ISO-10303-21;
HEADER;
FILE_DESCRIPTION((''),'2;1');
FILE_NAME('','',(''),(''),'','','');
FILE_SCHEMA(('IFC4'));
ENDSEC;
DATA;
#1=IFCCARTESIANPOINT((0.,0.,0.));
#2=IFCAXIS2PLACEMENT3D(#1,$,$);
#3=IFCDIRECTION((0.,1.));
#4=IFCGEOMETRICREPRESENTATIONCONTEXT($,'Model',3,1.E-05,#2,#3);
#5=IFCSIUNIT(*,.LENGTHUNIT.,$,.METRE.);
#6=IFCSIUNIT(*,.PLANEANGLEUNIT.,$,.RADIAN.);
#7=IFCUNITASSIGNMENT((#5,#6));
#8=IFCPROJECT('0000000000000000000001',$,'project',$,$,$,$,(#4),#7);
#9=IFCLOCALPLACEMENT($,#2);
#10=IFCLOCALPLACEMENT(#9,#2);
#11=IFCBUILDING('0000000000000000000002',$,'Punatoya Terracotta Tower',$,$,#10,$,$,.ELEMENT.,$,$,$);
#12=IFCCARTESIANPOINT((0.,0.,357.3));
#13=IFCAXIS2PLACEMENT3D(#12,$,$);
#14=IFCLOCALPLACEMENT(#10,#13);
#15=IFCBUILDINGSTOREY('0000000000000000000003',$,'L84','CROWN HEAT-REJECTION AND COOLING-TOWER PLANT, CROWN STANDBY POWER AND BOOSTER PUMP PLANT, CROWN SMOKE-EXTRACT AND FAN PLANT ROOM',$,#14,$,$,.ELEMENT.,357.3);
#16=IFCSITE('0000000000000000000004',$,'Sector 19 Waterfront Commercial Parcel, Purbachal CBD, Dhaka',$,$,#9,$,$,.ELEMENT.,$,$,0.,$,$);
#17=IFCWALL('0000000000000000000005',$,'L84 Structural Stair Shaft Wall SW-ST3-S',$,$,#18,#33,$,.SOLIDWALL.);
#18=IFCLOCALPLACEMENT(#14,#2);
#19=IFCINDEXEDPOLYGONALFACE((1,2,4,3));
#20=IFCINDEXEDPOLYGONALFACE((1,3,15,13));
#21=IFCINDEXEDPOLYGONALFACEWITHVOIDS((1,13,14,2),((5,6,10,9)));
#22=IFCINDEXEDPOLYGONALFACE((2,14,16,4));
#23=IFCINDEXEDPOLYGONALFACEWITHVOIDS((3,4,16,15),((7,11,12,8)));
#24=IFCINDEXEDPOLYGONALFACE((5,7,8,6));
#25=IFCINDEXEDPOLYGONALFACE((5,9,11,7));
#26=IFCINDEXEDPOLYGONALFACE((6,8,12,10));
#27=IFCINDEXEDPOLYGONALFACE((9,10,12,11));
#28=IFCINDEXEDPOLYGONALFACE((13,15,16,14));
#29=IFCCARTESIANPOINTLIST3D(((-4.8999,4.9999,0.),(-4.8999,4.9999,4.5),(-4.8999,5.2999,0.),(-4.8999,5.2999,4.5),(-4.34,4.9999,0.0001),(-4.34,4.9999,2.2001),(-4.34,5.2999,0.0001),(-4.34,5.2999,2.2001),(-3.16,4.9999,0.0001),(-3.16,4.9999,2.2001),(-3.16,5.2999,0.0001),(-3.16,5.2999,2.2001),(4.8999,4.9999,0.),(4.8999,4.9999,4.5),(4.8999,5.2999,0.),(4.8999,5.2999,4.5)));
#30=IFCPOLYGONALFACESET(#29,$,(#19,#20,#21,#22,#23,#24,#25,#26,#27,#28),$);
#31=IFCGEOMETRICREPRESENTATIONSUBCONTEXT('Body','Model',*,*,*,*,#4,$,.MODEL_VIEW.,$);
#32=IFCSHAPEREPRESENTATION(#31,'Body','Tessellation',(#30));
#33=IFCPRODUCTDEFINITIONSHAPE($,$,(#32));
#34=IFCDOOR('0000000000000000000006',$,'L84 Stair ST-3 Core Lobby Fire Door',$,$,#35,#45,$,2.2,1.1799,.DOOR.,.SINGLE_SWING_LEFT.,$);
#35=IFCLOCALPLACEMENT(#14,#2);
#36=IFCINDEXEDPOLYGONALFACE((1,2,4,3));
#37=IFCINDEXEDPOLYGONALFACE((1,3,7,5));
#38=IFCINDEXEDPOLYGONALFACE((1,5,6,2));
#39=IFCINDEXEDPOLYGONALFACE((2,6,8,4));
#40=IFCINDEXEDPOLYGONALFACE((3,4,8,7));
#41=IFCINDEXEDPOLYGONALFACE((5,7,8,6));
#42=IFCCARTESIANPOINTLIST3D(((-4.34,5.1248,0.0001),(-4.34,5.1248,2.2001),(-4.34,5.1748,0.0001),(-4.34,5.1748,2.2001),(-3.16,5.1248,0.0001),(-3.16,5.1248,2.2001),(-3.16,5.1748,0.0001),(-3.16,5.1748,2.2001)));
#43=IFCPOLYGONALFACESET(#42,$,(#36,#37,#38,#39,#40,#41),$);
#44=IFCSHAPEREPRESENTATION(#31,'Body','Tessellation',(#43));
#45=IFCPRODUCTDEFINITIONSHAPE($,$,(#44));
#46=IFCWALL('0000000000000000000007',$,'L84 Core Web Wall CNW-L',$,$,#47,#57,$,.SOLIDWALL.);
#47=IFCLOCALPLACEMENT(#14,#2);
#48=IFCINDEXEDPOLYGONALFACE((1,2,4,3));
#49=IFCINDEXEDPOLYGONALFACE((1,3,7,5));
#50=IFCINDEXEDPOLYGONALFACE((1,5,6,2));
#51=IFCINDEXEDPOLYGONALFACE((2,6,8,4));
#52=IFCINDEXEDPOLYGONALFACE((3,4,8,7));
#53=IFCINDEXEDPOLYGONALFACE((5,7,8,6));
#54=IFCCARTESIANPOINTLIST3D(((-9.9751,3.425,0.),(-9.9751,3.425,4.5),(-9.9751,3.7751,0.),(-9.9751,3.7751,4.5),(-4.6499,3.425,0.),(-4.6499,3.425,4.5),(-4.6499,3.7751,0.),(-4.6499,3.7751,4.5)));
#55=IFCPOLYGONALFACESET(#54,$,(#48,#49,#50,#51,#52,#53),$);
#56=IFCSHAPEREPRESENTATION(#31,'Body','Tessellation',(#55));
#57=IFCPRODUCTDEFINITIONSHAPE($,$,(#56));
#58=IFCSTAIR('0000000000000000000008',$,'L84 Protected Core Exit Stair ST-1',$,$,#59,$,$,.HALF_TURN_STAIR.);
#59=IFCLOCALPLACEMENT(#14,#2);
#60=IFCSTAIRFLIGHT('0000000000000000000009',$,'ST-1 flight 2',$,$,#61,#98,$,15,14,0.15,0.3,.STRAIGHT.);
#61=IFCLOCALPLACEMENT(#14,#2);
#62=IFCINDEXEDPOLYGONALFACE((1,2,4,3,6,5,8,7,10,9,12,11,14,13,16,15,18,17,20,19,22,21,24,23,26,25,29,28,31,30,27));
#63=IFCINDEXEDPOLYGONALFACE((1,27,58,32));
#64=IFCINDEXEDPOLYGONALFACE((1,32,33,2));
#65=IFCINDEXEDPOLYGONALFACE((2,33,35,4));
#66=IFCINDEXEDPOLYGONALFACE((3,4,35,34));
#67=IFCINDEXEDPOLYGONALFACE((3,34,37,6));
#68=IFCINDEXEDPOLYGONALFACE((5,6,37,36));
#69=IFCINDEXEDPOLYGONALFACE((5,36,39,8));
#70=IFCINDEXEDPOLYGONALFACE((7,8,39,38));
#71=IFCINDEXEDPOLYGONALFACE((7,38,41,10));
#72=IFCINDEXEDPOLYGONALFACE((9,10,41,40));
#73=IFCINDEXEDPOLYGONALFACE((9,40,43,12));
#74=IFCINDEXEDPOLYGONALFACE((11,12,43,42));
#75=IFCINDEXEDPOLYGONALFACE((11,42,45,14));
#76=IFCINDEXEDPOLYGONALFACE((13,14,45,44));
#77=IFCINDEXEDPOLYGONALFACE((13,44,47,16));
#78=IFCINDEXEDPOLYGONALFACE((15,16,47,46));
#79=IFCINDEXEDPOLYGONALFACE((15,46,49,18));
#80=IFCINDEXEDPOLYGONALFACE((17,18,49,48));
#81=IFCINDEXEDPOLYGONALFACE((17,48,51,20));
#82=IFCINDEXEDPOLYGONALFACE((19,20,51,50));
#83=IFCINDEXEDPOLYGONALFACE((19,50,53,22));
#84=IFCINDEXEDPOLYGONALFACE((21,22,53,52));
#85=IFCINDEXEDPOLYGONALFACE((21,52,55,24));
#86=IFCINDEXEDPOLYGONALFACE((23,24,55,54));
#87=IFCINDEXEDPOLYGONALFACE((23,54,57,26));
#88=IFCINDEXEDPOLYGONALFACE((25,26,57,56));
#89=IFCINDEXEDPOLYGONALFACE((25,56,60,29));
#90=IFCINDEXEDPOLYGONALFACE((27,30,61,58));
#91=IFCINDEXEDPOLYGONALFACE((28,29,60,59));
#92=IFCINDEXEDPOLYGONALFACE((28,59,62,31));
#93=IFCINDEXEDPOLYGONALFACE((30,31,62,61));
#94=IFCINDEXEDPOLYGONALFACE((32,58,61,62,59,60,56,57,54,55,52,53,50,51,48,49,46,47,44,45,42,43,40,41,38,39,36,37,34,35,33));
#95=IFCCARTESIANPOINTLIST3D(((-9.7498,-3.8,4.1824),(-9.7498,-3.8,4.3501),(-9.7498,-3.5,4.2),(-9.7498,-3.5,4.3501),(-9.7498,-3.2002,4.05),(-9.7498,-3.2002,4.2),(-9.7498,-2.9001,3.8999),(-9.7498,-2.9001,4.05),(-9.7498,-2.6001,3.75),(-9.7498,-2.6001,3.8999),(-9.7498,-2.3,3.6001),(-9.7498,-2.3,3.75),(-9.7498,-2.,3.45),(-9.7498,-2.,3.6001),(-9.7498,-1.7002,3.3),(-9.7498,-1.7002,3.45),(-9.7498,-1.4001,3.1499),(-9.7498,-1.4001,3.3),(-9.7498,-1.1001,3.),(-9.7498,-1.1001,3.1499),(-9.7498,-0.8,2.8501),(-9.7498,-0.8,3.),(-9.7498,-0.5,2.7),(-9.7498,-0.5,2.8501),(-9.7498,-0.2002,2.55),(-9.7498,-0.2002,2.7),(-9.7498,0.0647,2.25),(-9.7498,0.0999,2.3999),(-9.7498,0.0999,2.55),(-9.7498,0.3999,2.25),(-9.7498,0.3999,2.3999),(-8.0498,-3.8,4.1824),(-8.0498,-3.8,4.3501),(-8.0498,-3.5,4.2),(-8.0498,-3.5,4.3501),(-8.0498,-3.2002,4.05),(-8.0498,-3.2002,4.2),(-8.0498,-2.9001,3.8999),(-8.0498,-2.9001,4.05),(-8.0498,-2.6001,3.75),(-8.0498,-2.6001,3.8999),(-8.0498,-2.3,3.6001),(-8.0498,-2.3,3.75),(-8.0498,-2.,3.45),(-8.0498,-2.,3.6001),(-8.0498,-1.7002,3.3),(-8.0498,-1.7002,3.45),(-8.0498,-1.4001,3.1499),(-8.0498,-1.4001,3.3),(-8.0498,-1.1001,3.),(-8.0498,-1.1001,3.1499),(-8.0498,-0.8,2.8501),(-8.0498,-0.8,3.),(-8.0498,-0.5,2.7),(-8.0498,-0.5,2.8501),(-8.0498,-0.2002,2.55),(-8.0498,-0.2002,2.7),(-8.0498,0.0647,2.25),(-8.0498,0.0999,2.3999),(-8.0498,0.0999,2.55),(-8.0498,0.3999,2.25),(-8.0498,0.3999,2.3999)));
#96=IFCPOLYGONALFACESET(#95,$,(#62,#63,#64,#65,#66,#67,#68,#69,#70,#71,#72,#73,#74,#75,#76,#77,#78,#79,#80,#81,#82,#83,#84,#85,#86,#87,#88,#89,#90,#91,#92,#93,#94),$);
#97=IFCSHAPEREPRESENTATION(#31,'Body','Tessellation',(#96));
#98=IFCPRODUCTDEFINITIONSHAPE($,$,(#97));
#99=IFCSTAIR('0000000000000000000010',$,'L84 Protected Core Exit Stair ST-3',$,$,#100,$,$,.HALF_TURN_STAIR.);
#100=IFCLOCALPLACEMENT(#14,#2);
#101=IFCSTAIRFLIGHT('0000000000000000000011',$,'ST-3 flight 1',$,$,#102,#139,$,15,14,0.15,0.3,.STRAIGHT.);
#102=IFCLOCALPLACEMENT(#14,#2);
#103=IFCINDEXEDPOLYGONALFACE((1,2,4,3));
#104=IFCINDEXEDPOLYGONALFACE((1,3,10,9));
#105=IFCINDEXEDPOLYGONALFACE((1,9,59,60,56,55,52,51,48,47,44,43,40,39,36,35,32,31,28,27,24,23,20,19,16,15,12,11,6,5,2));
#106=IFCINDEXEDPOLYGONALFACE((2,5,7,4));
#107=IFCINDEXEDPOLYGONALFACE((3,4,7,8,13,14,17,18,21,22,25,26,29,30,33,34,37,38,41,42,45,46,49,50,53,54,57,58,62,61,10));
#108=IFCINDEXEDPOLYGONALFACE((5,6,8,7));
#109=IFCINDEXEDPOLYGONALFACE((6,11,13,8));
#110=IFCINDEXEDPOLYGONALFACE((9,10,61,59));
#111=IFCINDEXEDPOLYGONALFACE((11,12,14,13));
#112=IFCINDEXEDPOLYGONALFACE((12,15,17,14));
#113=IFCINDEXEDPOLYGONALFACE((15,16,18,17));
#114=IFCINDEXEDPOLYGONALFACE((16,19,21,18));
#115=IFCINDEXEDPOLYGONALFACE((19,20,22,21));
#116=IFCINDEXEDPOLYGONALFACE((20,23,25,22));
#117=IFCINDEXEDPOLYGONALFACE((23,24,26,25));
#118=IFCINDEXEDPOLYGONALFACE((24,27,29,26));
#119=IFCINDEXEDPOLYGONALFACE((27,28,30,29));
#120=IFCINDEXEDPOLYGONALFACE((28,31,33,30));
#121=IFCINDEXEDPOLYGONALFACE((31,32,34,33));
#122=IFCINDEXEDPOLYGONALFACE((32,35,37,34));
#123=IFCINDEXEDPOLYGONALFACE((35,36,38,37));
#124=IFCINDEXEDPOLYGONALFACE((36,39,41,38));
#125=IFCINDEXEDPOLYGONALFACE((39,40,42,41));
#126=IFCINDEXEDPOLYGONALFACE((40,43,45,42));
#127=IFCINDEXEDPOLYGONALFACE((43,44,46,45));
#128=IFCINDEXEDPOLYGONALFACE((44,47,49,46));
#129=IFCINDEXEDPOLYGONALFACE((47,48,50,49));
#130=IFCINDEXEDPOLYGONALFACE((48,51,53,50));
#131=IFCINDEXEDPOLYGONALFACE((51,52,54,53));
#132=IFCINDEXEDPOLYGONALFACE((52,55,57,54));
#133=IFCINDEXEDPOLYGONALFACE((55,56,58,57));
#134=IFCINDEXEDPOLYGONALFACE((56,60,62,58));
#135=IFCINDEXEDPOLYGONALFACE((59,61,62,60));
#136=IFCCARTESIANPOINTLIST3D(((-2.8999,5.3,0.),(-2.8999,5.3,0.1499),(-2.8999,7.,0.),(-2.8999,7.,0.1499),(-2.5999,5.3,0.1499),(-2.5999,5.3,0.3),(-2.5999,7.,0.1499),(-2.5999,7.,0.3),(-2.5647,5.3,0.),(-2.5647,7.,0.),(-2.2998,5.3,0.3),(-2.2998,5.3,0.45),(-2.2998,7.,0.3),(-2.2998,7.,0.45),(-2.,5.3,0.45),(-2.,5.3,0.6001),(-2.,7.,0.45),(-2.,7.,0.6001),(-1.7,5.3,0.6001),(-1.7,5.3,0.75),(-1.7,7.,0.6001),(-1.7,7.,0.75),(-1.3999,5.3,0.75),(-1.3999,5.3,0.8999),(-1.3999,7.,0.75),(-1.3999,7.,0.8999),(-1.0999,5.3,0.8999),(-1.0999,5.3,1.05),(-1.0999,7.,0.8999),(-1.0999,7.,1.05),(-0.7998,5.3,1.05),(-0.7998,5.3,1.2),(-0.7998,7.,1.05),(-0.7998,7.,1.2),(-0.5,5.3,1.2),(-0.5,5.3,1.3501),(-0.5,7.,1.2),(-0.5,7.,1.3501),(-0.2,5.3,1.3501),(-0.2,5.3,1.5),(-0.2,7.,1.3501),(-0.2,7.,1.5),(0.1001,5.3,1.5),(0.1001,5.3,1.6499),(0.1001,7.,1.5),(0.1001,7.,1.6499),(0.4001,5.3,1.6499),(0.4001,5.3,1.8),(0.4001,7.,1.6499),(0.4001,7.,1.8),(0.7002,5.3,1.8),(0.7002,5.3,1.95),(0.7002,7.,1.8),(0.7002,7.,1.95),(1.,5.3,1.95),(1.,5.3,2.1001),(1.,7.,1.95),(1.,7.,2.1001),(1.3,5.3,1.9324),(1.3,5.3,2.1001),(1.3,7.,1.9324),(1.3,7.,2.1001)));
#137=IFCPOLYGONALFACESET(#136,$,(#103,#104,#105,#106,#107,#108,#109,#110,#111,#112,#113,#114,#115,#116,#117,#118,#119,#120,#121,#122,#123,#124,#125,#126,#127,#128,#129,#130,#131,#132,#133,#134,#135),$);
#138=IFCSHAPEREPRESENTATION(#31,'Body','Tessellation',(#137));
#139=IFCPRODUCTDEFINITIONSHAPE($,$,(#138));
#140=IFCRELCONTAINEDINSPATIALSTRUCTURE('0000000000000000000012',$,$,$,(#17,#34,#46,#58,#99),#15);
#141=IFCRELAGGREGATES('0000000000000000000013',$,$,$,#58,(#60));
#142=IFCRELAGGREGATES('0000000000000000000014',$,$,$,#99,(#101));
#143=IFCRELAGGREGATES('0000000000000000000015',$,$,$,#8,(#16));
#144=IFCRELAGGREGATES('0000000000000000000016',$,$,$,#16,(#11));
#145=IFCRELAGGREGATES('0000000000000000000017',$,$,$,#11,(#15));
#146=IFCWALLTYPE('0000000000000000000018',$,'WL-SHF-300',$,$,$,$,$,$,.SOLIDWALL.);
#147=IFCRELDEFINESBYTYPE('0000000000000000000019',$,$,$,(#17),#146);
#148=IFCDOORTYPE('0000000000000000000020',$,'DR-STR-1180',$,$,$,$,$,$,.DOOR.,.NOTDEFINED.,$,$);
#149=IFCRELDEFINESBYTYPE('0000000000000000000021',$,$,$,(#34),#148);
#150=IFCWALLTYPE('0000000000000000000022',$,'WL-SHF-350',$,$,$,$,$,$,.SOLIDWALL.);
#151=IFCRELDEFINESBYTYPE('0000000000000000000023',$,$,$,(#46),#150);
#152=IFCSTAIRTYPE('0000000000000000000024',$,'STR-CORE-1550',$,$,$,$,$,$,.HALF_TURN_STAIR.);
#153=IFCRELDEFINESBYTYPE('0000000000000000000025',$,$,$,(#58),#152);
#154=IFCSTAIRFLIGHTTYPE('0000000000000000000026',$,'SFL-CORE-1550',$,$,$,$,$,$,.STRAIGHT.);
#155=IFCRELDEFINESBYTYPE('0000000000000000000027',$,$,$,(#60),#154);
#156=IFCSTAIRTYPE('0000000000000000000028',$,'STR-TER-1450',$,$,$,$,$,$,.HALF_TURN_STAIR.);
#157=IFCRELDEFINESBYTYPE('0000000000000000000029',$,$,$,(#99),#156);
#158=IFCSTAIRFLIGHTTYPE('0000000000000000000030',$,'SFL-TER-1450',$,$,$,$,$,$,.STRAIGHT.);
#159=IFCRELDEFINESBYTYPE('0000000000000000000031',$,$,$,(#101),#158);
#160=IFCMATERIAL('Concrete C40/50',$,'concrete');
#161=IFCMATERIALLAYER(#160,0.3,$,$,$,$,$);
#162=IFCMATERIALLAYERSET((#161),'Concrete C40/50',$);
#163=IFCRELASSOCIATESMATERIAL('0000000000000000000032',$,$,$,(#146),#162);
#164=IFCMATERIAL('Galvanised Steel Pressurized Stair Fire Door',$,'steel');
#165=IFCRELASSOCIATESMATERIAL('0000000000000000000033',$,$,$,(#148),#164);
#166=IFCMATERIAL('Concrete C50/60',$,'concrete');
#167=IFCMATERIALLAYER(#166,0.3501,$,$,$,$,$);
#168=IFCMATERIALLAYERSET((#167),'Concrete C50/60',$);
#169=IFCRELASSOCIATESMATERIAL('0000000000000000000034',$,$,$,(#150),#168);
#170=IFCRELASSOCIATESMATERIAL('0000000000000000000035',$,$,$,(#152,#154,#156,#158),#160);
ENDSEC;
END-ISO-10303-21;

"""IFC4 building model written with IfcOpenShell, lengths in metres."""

from ifc_helpers import new_model, si_unit, direction, frame, frame_2d, origin, place, context, subcontext, project, spatial, polyline, rectangle, outline, extrude, material, layer, layer_set, type_object, element, fill, aggregate, save


model = new_model("IFC4")

# Units and contexts
model_context = context("Model", 3, precision=1e-05, world=origin(), true_north=direction((0.0, 1.0)))
body_context = subcontext(model_context, "Body", "Model", "MODEL_VIEW")
ifc_project = project(units=[si_unit("LENGTHUNIT", "METRE"), si_unit("PLANEANGLEUNIT", "RADIAN")], contexts=[model_context])

# Site, building, storey
site_placement = place(None, origin())
site = spatial("IfcSite", under=ifc_project, at=site_placement, Name="Sector 19 Waterfront Commercial Parcel, Purbachal CBD, Dhaka", CompositionType="ELEMENT", RefElevation=0.0)
building_placement = place(site_placement, origin())
building = spatial("IfcBuilding", under=site, at=building_placement, Name="Punatoya Terracotta Tower", CompositionType="ELEMENT")
storey_placement = place(building_placement, frame((0.0, 0.0, 357.3)))
storey = spatial("IfcBuildingStorey", under=building, at=storey_placement, Name="L84", Description="CROWN HEAT-REJECTION AND COOLING-TOWER PLANT, CROWN STANDBY POWER AND BOOSTER PUMP PLANT, CROWN SMOKE-EXTRACT AND FAN PLANT ROOM", CompositionType="ELEMENT", Elevation=357.3)

# Shared definitions
ifc_material_1 = material(Name="Concrete C50/60", Category="concrete")

# Shared definitions
ifc_material_2 = material(Name="Concrete C40/50", Category="concrete")

# Shared definitions
ifc_layer_1 = layer(ifc_material_2, 0.3)
ifc_layer_set_1 = layer_set([ifc_layer_1], Name="Concrete C40/50")
wall_type_1 = type_object("IfcWallType", Name="WL-SHF-300", PredefinedType="SOLIDWALL", material=ifc_layer_set_1)

# Wall, opening, door
wall_1_placement = place(storey_placement, frame((-4.8999, 5.1499, 0.0), z_axis=(0.0, 0.0, 1.0), x_axis=(1.0, 0.0, 0.0)))
wall_1 = element("IfcWall", 1, at=wall_1_placement, inside=storey, type_object=wall_type_1, Name="L84 Structural Stair Shaft Wall SW-ST3-S", PredefinedType="SOLIDWALL", context=body_context, shape_type="SweptSolid", body=[
    extrude(rectangle(XDim=9.7998, YDim=0.3, at=frame_2d((4.8999, 0.0))), origin(), (0.0, 0.0, 1.0), 4.5),
])
opening_1_placement = place(wall_1_placement, frame((0.5601, 0.0, 0.0)))
opening_1 = element("IfcOpeningElement", 2, at=opening_1_placement, cuts=wall_1, PredefinedType="OPENING", context=body_context, shape_type="SweptSolid", body=[
    extrude(rectangle(XDim=1.1799, YDim=2.2, at=frame_2d((0.5898, 1.1001))), frame((0.0, 0.1599, 0.0), z_axis=(0.0, -1.0, 0.0), x_axis=(1.0, 0.0, 0.0)), (0.0, 0.0, 1.0), 0.3201),
])
ifc_material_3 = material(Name="Galvanised Steel Pressurized Stair Fire Door", Category="steel")
door_type_1 = type_object("IfcDoorType", Name="DR-STR-1180", OperationType="NOTDEFINED", PredefinedType="DOOR", material=ifc_material_3)
door_1_placement = place(opening_1_placement, origin())
door_1 = element("IfcDoor", 3, at=door_1_placement, inside=storey, type_object=door_type_1, Name="L84 Stair ST-3 Core Lobby Fire Door", OperationType="SINGLE_SWING_LEFT", OverallHeight=2.2, OverallWidth=1.1799, PredefinedType="DOOR", context=body_context, shape_type="SweptSolid", body=[
    extrude(rectangle(XDim=1.1799, YDim=2.2, at=frame_2d((0.5898, 1.1001))), frame((0.0, 0.0249, 0.0), z_axis=(0.0, -1.0, 0.0), x_axis=(1.0, 0.0, 0.0)), (0.0, 0.0, 1.0), 0.05),
])
fill(opening_1, door_1)

# Wall
ifc_layer_2 = layer(ifc_material_1, 0.3501)
ifc_layer_set_2 = layer_set([ifc_layer_2], Name="Concrete C50/60")
wall_type_2 = type_object("IfcWallType", Name="WL-SHF-350", PredefinedType="SOLIDWALL", material=ifc_layer_set_2)
wall_2_placement = place(storey_placement, frame((-9.9751, 3.6001, 0.0), z_axis=(0.0, 0.0, 1.0), x_axis=(1.0, 0.0, 0.0)))
element("IfcWall", 4, at=wall_2_placement, inside=storey, type_object=wall_type_2, Name="L84 Core Web Wall CNW-L", PredefinedType="SOLIDWALL", context=body_context, shape_type="SweptSolid", body=[
    extrude(rectangle(XDim=5.3252, YDim=0.3501, at=frame_2d((2.6626, 0.0))), origin(), (0.0, 0.0, 1.0), 4.5),
])

# Stairs, stair flights
stair_type_1 = type_object("IfcStairType", Name="STR-CORE-1550", PredefinedType="HALF_TURN_STAIR", material=ifc_material_2)
stair_1_placement = place(storey_placement, origin())
stair_1 = element("IfcStair", 5, at=stair_1_placement, inside=storey, type_object=stair_type_1, Name="L84 Protected Core Exit Stair ST-1", PredefinedType="HALF_TURN_STAIR")
stair_flight_type_1 = type_object("IfcStairFlightType", Name="SFL-CORE-1550", PredefinedType="STRAIGHT", material=ifc_material_2)
stair_flight_1_placement = place(storey_placement, frame((-8.8999, 0.3999, 2.25), z_axis=(0.0, 0.0, 1.0), x_axis=(0.0, -1.0, 0.0)))
stair_flight_1 = element("IfcStairFlight", 6, at=stair_flight_1_placement, type_object=stair_flight_type_1, Name="ST-1 flight 2", NumberOfRisers=15, NumberOfTreads=14, PredefinedType="STRAIGHT", RiserHeight=0.15, TreadLength=0.3, context=body_context, shape_type="SweptSolid", body=[
    extrude(outline(polyline([(0.0, 0.0), (0.0, 0.1499), (0.3, 0.1499), (0.3, 0.3), (0.6001, 0.3), (0.6001, 0.45), (0.8999, 0.45), (0.8999, 0.6001), (1.2, 0.6001), (1.2, 0.75), (1.5, 0.75), (1.5, 0.8999), (1.8, 0.8999), (1.8, 1.05), (2.1001, 1.05), (2.1001, 1.2), (2.3999, 1.2), (2.3999, 1.3501), (2.7, 1.3501), (2.7, 1.5), (3.0, 1.5), (3.0, 1.6499), (3.3, 1.6499), (3.3, 1.8), (3.6001, 1.8), (3.6001, 1.95), (3.8999, 1.95), (3.8999, 2.1001), (4.2, 2.1001), (4.2, 2.25), (4.2, 1.9324), (0.3352, 0.0), (0.0, 0.0)])), frame((0.0, 0.8501, 0.0), z_axis=(0.0, -1.0, 0.0), x_axis=(1.0, 0.0, 0.0)), (0.0, 0.0, 1.0), 1.7),
])
aggregate(stair_1, [stair_flight_1])
stair_type_2 = type_object("IfcStairType", Name="STR-TER-1450", PredefinedType="HALF_TURN_STAIR", material=ifc_material_2)
stair_2_placement = place(storey_placement, origin())
stair_2 = element("IfcStair", 7, at=stair_2_placement, inside=storey, type_object=stair_type_2, Name="L84 Protected Core Exit Stair ST-3", PredefinedType="HALF_TURN_STAIR")
stair_flight_type_2 = type_object("IfcStairFlightType", Name="SFL-TER-1450", PredefinedType="STRAIGHT", material=ifc_material_2)
stair_flight_2_placement = place(storey_placement, frame((-2.8999, 6.1499, 0.0), z_axis=(0.0, 0.0, 1.0), x_axis=(1.0, 0.0, 0.0)))
stair_flight_2 = element("IfcStairFlight", 8, at=stair_flight_2_placement, type_object=stair_flight_type_2, Name="ST-3 flight 1", NumberOfRisers=15, NumberOfTreads=14, PredefinedType="STRAIGHT", RiserHeight=0.15, TreadLength=0.3, context=body_context, shape_type="SweptSolid", body=[
    extrude(outline(polyline([(0.0, 0.0), (0.0, 0.1499), (0.3, 0.1499), (0.3, 0.3), (0.6001, 0.3), (0.6001, 0.45), (0.8999, 0.45), (0.8999, 0.6001), (1.2, 0.6001), (1.2, 0.75), (1.5, 0.75), (1.5, 0.8999), (1.8, 0.8999), (1.8, 1.05), (2.1001, 1.05), (2.1001, 1.2), (2.3999, 1.2), (2.3999, 1.3501), (2.7, 1.3501), (2.7, 1.5), (3.0, 1.5), (3.0, 1.6499), (3.3, 1.6499), (3.3, 1.8), (3.6001, 1.8), (3.6001, 1.95), (3.8999, 1.95), (3.8999, 2.1001), (4.2, 2.1001), (4.2, 2.25), (4.2, 1.9324), (0.3352, 0.0), (0.0, 0.0)])), frame((0.0, 0.8501, 0.0), z_axis=(0.0, -1.0, 0.0), x_axis=(1.0, 0.0, 0.0)), (0.0, 0.0, 1.0), 1.7),
])
aggregate(stair_2, [stair_flight_2])

save(model, "model.ifc")
